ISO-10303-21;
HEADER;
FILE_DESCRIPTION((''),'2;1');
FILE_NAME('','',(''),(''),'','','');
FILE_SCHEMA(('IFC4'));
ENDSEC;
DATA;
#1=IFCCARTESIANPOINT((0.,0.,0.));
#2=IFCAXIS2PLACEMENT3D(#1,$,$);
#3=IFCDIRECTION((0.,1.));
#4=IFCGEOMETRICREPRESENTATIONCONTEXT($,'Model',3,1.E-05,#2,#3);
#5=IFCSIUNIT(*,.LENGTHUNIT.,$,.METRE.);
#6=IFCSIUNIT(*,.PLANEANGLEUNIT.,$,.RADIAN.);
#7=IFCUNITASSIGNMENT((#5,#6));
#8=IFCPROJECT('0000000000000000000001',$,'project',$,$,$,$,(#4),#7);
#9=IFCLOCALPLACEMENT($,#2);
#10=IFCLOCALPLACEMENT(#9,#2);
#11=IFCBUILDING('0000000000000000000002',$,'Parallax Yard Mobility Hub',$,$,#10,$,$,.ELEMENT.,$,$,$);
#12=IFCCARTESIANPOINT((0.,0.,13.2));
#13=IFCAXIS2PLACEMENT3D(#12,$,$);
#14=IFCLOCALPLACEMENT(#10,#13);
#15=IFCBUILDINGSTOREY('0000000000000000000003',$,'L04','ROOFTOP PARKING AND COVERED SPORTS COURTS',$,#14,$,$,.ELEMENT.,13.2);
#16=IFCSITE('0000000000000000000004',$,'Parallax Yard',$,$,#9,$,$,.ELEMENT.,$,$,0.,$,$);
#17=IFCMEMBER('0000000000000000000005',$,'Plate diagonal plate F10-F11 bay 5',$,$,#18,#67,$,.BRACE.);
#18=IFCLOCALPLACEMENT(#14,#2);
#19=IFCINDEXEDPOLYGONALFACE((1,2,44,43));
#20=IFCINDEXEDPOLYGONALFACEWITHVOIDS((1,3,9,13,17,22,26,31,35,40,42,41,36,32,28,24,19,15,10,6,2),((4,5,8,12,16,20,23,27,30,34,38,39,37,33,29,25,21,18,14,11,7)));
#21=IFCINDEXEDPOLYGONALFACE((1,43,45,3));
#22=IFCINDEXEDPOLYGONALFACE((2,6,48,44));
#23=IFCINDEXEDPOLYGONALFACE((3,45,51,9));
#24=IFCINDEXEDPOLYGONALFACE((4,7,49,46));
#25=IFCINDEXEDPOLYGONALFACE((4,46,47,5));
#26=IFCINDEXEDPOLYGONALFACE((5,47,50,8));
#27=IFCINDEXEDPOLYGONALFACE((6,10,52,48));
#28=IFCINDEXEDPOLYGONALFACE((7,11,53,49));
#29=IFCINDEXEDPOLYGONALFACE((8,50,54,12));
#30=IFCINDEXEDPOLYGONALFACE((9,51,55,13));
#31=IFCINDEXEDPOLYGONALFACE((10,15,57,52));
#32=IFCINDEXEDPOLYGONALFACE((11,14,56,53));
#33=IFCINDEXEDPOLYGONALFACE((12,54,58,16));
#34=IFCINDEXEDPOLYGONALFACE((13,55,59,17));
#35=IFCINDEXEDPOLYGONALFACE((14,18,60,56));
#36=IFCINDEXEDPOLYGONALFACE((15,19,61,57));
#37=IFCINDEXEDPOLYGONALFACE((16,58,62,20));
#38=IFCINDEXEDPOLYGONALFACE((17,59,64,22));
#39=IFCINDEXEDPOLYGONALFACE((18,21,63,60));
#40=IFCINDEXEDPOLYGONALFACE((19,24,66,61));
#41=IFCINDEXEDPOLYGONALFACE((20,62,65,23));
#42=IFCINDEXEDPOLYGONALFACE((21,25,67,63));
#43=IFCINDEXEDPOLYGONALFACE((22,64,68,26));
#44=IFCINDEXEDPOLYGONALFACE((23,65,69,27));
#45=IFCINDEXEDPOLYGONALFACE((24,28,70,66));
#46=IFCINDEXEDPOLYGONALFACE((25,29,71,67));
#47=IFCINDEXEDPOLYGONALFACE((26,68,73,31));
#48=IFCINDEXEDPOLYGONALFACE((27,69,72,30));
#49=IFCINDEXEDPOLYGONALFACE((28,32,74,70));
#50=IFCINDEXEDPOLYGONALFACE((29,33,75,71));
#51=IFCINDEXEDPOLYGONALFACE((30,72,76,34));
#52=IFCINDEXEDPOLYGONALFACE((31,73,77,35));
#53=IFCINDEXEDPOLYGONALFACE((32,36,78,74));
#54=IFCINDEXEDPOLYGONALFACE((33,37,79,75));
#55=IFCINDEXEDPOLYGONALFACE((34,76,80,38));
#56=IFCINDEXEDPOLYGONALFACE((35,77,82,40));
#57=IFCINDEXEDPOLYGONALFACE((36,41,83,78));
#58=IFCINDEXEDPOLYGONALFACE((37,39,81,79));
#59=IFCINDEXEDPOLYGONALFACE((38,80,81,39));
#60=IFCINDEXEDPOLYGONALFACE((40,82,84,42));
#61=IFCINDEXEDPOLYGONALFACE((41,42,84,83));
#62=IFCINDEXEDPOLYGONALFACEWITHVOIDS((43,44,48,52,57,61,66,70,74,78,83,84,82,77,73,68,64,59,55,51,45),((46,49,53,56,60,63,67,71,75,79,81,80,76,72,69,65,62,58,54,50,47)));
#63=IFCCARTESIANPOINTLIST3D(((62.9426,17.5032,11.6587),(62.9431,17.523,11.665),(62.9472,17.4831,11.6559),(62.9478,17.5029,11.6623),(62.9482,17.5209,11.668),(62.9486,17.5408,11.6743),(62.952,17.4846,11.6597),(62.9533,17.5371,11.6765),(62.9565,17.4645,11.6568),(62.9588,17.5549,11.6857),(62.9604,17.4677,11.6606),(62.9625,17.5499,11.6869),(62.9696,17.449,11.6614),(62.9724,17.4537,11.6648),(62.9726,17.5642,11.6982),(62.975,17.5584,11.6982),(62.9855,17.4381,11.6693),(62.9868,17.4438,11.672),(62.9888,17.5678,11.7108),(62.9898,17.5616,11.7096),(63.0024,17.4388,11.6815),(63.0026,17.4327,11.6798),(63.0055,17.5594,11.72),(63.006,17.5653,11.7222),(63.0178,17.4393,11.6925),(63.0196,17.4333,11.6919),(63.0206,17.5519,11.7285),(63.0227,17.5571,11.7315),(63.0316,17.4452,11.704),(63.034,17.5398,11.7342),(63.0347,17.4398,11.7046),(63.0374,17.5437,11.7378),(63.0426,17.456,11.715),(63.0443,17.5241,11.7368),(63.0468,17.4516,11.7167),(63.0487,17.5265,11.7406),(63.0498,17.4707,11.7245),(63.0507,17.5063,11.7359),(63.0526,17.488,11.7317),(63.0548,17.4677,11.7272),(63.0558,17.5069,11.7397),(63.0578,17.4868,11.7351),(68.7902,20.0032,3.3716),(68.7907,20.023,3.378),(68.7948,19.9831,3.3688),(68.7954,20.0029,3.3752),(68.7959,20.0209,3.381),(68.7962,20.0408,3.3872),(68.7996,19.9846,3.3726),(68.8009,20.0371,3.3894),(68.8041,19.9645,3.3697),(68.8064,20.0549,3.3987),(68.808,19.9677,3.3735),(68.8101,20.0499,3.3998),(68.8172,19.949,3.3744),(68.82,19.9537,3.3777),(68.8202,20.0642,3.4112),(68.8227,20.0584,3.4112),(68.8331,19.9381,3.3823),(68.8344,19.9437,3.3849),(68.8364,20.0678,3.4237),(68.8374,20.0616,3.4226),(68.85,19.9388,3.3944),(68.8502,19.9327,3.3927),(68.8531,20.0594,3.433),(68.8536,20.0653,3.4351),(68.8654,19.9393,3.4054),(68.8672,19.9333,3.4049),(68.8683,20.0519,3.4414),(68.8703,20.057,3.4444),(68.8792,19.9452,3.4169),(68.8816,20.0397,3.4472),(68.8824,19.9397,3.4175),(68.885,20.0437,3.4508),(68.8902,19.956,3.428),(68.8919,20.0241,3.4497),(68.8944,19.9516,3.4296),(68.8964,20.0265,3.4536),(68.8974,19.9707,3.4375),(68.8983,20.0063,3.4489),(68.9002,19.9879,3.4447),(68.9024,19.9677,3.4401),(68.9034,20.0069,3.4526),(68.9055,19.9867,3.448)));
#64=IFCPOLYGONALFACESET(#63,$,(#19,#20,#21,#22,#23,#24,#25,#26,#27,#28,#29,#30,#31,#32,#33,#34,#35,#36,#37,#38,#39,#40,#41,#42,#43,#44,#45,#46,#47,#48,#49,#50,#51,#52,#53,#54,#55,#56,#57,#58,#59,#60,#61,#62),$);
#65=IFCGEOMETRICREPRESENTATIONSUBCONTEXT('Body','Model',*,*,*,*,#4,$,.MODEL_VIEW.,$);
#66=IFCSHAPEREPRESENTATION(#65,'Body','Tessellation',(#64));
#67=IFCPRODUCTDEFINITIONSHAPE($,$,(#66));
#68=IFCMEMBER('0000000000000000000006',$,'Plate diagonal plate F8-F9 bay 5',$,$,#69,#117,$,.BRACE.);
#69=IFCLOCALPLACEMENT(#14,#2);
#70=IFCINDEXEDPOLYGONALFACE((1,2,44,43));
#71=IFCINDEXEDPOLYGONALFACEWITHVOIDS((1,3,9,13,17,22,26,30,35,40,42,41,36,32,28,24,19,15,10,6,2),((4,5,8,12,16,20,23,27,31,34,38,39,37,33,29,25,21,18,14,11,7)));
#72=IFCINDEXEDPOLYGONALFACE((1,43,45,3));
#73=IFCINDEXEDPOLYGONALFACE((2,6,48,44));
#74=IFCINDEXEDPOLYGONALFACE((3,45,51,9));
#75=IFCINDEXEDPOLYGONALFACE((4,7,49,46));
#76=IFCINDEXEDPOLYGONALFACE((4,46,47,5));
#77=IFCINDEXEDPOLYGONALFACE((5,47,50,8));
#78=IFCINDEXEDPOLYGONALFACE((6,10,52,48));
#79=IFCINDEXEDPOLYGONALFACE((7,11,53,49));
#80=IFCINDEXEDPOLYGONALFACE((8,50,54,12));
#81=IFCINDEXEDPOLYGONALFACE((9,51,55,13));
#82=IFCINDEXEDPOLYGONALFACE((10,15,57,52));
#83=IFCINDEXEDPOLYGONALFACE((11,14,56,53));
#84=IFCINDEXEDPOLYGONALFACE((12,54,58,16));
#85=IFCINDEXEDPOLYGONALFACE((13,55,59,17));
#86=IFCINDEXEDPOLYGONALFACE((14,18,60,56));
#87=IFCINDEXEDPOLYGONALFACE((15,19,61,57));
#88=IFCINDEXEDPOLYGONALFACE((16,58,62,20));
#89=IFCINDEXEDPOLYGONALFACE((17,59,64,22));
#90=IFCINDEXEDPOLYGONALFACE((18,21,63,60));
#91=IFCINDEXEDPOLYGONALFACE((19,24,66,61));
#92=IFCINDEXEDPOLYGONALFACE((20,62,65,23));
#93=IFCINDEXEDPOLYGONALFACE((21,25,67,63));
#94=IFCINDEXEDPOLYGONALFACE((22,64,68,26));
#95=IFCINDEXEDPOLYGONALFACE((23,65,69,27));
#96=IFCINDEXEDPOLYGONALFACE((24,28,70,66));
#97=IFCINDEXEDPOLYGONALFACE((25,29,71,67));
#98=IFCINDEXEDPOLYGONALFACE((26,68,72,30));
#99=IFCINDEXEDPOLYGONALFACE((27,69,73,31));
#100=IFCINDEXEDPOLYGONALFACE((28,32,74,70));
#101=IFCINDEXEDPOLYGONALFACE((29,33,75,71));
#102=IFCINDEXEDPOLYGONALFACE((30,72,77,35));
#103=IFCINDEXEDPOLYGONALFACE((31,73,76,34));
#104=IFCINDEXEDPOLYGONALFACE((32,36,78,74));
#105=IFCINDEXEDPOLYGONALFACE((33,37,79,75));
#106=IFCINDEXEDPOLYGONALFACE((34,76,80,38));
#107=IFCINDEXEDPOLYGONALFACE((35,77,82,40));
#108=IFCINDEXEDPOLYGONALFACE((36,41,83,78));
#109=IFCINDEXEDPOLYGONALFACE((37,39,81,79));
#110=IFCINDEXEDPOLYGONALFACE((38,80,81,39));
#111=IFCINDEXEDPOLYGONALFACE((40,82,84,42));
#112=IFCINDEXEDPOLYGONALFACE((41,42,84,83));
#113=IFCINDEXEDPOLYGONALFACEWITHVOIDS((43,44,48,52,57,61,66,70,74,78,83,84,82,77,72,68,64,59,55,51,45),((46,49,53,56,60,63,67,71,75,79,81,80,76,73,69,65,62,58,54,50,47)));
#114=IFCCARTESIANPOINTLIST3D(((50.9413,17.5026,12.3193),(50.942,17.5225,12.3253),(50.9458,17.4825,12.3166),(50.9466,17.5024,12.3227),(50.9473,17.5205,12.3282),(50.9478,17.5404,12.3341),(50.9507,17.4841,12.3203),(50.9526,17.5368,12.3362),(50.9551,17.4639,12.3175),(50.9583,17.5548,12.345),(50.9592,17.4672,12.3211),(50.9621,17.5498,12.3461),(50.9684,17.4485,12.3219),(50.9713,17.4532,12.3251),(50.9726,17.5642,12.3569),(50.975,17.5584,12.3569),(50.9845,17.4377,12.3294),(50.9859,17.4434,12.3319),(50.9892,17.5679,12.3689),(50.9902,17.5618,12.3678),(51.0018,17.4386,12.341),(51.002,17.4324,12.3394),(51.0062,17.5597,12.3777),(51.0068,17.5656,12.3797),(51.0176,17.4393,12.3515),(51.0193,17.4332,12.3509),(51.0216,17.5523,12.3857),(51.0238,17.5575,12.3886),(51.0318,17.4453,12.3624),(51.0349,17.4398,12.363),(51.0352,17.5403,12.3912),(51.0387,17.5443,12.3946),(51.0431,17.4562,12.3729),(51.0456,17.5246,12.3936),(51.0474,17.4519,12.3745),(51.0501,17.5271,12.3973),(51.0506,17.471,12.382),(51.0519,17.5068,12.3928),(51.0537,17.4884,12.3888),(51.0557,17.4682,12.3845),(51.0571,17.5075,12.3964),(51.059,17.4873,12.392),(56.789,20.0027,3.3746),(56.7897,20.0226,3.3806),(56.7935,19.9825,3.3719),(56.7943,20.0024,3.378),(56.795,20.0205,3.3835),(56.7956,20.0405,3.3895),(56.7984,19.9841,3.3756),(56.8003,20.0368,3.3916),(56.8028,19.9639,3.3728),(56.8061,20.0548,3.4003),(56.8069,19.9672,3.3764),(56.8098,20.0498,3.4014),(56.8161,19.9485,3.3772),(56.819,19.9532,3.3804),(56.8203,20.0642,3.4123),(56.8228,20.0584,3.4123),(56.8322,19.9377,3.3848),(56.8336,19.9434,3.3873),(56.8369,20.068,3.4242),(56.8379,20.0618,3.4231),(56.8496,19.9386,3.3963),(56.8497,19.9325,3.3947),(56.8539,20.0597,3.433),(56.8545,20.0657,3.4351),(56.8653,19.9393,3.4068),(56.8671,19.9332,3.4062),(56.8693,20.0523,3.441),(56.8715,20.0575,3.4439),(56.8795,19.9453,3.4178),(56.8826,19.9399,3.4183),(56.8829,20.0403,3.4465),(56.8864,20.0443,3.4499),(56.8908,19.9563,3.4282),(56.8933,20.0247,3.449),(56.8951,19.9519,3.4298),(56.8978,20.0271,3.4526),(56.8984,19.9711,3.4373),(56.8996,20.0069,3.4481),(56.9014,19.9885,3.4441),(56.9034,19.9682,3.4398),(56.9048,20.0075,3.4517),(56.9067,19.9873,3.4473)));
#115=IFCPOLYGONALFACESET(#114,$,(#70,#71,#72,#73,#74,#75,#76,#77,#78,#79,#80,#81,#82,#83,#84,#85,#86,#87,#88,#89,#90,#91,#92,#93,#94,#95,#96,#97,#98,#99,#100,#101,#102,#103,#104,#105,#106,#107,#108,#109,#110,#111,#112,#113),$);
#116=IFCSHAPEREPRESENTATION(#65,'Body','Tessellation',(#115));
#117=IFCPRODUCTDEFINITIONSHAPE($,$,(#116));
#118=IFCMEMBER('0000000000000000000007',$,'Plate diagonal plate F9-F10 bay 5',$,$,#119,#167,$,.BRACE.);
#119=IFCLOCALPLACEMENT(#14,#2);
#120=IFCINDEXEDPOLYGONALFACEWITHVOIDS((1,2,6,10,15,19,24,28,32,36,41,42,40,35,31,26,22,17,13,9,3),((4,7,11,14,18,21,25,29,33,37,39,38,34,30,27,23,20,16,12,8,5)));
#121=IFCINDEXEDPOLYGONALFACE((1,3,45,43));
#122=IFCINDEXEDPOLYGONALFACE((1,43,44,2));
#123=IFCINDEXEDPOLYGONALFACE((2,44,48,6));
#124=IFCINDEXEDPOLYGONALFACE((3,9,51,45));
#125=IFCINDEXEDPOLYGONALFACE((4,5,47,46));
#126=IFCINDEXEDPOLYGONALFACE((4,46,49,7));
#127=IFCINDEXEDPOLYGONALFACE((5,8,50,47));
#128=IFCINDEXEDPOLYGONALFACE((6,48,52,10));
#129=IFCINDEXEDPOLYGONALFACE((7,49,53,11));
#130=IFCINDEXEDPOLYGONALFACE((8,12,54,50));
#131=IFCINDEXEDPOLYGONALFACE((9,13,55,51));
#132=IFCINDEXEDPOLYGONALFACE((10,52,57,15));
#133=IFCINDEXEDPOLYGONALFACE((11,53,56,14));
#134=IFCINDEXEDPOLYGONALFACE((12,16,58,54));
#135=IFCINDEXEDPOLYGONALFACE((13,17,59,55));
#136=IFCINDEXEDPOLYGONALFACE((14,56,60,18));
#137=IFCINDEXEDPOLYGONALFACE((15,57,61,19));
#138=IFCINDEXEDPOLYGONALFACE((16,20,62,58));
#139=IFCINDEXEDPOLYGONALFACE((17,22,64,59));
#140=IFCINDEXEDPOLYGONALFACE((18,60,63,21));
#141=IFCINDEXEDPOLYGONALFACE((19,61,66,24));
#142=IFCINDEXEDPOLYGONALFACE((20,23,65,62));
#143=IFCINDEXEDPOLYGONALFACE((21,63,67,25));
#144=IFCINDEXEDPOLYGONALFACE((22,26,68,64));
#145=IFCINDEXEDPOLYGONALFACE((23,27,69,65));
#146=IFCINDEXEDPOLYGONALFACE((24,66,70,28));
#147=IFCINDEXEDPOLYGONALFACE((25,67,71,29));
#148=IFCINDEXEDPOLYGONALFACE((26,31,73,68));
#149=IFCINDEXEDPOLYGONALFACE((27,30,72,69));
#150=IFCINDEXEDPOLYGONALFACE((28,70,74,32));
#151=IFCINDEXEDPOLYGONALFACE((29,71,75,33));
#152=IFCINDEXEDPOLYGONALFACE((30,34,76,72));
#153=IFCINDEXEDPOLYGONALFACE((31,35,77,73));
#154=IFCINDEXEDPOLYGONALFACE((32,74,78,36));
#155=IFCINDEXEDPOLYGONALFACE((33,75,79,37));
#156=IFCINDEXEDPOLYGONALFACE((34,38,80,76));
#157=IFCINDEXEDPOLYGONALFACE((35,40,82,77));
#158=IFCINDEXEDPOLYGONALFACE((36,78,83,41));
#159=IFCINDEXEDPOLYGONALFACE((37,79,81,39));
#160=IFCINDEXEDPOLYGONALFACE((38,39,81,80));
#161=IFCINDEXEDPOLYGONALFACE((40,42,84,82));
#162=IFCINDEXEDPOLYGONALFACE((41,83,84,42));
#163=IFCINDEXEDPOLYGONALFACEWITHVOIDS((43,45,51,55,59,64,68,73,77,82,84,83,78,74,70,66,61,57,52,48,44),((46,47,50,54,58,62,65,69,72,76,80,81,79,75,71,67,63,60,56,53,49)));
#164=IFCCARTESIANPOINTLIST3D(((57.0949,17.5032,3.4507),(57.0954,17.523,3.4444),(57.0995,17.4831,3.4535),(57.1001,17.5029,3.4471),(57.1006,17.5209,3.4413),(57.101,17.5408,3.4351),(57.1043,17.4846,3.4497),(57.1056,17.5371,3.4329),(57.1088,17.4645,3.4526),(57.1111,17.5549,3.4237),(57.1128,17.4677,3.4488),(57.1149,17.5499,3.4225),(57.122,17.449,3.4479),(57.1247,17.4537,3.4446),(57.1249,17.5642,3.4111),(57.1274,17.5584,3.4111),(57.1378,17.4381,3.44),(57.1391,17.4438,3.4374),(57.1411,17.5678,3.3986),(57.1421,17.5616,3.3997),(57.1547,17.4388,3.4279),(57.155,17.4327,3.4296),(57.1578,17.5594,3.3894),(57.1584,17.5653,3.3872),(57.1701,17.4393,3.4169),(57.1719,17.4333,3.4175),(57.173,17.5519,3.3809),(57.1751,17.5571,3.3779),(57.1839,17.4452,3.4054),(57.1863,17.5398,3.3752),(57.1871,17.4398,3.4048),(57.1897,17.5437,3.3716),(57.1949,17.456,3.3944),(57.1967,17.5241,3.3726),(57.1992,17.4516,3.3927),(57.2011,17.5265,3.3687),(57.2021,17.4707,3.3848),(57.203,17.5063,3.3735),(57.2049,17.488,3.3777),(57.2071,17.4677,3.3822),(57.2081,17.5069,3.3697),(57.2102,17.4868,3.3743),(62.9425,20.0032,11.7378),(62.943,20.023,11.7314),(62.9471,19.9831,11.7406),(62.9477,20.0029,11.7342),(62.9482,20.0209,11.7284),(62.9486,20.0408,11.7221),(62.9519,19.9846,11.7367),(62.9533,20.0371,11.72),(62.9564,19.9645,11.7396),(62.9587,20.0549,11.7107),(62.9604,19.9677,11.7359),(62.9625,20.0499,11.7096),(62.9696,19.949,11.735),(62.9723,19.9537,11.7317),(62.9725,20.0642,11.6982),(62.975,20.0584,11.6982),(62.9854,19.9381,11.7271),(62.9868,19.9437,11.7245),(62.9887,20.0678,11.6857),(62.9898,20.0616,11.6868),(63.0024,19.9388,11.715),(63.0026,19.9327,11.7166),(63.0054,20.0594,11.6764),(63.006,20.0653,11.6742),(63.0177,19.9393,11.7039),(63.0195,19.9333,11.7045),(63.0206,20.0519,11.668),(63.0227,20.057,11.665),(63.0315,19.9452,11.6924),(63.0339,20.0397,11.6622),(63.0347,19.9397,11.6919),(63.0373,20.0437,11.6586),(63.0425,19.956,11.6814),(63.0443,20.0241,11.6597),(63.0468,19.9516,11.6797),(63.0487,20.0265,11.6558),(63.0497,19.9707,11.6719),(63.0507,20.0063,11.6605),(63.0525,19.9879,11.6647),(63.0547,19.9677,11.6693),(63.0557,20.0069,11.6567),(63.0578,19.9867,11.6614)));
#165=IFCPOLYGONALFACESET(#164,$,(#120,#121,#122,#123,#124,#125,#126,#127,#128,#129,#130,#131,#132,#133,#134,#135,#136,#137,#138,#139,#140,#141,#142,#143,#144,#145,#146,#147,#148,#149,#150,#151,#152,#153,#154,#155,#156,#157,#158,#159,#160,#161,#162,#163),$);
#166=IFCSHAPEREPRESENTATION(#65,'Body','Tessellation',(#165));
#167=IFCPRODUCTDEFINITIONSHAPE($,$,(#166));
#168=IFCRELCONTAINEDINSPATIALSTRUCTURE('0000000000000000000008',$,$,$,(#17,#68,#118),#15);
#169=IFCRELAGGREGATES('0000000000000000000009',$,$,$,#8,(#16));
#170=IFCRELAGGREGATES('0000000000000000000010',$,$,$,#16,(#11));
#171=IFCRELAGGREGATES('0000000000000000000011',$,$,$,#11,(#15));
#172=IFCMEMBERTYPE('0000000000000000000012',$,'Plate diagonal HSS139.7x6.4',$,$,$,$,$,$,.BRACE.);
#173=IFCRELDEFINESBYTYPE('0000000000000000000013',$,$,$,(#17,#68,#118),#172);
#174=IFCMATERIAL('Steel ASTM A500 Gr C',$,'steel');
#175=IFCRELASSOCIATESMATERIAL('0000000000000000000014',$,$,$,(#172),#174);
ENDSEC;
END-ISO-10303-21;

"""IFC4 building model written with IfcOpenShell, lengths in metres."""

from ifc_helpers import new_model, si_unit, direction, frame, origin, origin_2d, place, context, subcontext, project, spatial, hollow_circle, extrude, material, material_profile, profile_set, type_object, element, save


model = new_model("IFC4")

# Units and contexts
model_context = context("Model", 3, precision=1e-05, world=origin(), true_north=direction((0.0, 1.0)))
body_context = subcontext(model_context, "Body", "Model", "MODEL_VIEW")
ifc_project = project(units=[si_unit("LENGTHUNIT", "METRE"), si_unit("PLANEANGLEUNIT", "RADIAN")], contexts=[model_context])

# Site, building, storey
site_placement = place(None, origin())
site = spatial("IfcSite", under=ifc_project, at=site_placement, Name="Parallax Yard", CompositionType="ELEMENT", RefElevation=0.0)
building_placement = place(site_placement, origin())
building = spatial("IfcBuilding", under=site, at=building_placement, Name="Parallax Yard Mobility Hub", CompositionType="ELEMENT")
storey_placement = place(building_placement, frame((0.0, 0.0, 13.2)))
storey = spatial("IfcBuildingStorey", under=building, at=storey_placement, Name="L04", Description="ROOFTOP PARKING AND COVERED SPORTS COURTS", CompositionType="ELEMENT", Elevation=13.2)

# Members
ifc_material_1 = material(Name="Steel ASTM A500 Gr C", Category="steel")
ifc_material_profile_1 = material_profile(ifc_material_1, hollow_circle(Radius=0.0698, WallThickness=0.0063, at=origin_2d()), Name="HSS139.7x6.4")
ifc_profile_set_1 = profile_set([ifc_material_profile_1], Name="Steel ASTM A500 Gr C")
member_type_1 = type_object("IfcMemberType", Name="Plate diagonal HSS139.7x6.4", PredefinedType="BRACE", material=ifc_profile_set_1)
for number, where, z_axis, x_axis, name in (
    (1, (63.0, 17.5, 11.6982), (0.559793, 0.239323, -0.79332), (-0.393104, 0.919494, 0.0), "Plate diagonal plate F10-F11 bay 5"),
):
    element("IfcMember", number, at=place(storey_placement, frame(where, z_axis=z_axis, x_axis=x_axis)), inside=storey, type_object=member_type_1, Name=name, PredefinedType="BRACE", context=body_context, shape_type="SweptSolid", body=[
        extrude(hollow_circle(Radius=0.0698, WallThickness=0.0063, at=origin_2d()), origin(), (0.0, 0.0, 1.0), 10.446),
    ])
member_1_placement = place(storey_placement, frame((51.0, 17.5, 12.3569), z_axis=(0.532816, 0.22779, -0.814996), x_axis=(-0.393104, 0.919494, 0.0)))
element("IfcMember", 2, at=member_1_placement, inside=storey, type_object=member_type_1, Name="Plate diagonal plate F8-F9 bay 5", PredefinedType="BRACE", context=body_context, shape_type="SweptSolid", body=[
    extrude(hollow_circle(Radius=0.0698, WallThickness=0.0063, at=origin_2d()), origin(), (0.0, 0.0, 1.0), 10.9751),
])
member_2_placement = place(storey_placement, frame((57.1523, 17.5, 3.4111), z_axis=(0.559793, 0.239323, 0.79332), x_axis=(-0.393104, 0.919494, 0.0)))
element("IfcMember", 3, at=member_2_placement, inside=storey, type_object=member_type_1, Name="Plate diagonal plate F9-F10 bay 5", PredefinedType="BRACE", context=body_context, shape_type="SweptSolid", body=[
    extrude(hollow_circle(Radius=0.0698, WallThickness=0.0063, at=origin_2d()), origin(), (0.0, 0.0, 1.0), 10.446),
])

save(model, "model.ifc")
